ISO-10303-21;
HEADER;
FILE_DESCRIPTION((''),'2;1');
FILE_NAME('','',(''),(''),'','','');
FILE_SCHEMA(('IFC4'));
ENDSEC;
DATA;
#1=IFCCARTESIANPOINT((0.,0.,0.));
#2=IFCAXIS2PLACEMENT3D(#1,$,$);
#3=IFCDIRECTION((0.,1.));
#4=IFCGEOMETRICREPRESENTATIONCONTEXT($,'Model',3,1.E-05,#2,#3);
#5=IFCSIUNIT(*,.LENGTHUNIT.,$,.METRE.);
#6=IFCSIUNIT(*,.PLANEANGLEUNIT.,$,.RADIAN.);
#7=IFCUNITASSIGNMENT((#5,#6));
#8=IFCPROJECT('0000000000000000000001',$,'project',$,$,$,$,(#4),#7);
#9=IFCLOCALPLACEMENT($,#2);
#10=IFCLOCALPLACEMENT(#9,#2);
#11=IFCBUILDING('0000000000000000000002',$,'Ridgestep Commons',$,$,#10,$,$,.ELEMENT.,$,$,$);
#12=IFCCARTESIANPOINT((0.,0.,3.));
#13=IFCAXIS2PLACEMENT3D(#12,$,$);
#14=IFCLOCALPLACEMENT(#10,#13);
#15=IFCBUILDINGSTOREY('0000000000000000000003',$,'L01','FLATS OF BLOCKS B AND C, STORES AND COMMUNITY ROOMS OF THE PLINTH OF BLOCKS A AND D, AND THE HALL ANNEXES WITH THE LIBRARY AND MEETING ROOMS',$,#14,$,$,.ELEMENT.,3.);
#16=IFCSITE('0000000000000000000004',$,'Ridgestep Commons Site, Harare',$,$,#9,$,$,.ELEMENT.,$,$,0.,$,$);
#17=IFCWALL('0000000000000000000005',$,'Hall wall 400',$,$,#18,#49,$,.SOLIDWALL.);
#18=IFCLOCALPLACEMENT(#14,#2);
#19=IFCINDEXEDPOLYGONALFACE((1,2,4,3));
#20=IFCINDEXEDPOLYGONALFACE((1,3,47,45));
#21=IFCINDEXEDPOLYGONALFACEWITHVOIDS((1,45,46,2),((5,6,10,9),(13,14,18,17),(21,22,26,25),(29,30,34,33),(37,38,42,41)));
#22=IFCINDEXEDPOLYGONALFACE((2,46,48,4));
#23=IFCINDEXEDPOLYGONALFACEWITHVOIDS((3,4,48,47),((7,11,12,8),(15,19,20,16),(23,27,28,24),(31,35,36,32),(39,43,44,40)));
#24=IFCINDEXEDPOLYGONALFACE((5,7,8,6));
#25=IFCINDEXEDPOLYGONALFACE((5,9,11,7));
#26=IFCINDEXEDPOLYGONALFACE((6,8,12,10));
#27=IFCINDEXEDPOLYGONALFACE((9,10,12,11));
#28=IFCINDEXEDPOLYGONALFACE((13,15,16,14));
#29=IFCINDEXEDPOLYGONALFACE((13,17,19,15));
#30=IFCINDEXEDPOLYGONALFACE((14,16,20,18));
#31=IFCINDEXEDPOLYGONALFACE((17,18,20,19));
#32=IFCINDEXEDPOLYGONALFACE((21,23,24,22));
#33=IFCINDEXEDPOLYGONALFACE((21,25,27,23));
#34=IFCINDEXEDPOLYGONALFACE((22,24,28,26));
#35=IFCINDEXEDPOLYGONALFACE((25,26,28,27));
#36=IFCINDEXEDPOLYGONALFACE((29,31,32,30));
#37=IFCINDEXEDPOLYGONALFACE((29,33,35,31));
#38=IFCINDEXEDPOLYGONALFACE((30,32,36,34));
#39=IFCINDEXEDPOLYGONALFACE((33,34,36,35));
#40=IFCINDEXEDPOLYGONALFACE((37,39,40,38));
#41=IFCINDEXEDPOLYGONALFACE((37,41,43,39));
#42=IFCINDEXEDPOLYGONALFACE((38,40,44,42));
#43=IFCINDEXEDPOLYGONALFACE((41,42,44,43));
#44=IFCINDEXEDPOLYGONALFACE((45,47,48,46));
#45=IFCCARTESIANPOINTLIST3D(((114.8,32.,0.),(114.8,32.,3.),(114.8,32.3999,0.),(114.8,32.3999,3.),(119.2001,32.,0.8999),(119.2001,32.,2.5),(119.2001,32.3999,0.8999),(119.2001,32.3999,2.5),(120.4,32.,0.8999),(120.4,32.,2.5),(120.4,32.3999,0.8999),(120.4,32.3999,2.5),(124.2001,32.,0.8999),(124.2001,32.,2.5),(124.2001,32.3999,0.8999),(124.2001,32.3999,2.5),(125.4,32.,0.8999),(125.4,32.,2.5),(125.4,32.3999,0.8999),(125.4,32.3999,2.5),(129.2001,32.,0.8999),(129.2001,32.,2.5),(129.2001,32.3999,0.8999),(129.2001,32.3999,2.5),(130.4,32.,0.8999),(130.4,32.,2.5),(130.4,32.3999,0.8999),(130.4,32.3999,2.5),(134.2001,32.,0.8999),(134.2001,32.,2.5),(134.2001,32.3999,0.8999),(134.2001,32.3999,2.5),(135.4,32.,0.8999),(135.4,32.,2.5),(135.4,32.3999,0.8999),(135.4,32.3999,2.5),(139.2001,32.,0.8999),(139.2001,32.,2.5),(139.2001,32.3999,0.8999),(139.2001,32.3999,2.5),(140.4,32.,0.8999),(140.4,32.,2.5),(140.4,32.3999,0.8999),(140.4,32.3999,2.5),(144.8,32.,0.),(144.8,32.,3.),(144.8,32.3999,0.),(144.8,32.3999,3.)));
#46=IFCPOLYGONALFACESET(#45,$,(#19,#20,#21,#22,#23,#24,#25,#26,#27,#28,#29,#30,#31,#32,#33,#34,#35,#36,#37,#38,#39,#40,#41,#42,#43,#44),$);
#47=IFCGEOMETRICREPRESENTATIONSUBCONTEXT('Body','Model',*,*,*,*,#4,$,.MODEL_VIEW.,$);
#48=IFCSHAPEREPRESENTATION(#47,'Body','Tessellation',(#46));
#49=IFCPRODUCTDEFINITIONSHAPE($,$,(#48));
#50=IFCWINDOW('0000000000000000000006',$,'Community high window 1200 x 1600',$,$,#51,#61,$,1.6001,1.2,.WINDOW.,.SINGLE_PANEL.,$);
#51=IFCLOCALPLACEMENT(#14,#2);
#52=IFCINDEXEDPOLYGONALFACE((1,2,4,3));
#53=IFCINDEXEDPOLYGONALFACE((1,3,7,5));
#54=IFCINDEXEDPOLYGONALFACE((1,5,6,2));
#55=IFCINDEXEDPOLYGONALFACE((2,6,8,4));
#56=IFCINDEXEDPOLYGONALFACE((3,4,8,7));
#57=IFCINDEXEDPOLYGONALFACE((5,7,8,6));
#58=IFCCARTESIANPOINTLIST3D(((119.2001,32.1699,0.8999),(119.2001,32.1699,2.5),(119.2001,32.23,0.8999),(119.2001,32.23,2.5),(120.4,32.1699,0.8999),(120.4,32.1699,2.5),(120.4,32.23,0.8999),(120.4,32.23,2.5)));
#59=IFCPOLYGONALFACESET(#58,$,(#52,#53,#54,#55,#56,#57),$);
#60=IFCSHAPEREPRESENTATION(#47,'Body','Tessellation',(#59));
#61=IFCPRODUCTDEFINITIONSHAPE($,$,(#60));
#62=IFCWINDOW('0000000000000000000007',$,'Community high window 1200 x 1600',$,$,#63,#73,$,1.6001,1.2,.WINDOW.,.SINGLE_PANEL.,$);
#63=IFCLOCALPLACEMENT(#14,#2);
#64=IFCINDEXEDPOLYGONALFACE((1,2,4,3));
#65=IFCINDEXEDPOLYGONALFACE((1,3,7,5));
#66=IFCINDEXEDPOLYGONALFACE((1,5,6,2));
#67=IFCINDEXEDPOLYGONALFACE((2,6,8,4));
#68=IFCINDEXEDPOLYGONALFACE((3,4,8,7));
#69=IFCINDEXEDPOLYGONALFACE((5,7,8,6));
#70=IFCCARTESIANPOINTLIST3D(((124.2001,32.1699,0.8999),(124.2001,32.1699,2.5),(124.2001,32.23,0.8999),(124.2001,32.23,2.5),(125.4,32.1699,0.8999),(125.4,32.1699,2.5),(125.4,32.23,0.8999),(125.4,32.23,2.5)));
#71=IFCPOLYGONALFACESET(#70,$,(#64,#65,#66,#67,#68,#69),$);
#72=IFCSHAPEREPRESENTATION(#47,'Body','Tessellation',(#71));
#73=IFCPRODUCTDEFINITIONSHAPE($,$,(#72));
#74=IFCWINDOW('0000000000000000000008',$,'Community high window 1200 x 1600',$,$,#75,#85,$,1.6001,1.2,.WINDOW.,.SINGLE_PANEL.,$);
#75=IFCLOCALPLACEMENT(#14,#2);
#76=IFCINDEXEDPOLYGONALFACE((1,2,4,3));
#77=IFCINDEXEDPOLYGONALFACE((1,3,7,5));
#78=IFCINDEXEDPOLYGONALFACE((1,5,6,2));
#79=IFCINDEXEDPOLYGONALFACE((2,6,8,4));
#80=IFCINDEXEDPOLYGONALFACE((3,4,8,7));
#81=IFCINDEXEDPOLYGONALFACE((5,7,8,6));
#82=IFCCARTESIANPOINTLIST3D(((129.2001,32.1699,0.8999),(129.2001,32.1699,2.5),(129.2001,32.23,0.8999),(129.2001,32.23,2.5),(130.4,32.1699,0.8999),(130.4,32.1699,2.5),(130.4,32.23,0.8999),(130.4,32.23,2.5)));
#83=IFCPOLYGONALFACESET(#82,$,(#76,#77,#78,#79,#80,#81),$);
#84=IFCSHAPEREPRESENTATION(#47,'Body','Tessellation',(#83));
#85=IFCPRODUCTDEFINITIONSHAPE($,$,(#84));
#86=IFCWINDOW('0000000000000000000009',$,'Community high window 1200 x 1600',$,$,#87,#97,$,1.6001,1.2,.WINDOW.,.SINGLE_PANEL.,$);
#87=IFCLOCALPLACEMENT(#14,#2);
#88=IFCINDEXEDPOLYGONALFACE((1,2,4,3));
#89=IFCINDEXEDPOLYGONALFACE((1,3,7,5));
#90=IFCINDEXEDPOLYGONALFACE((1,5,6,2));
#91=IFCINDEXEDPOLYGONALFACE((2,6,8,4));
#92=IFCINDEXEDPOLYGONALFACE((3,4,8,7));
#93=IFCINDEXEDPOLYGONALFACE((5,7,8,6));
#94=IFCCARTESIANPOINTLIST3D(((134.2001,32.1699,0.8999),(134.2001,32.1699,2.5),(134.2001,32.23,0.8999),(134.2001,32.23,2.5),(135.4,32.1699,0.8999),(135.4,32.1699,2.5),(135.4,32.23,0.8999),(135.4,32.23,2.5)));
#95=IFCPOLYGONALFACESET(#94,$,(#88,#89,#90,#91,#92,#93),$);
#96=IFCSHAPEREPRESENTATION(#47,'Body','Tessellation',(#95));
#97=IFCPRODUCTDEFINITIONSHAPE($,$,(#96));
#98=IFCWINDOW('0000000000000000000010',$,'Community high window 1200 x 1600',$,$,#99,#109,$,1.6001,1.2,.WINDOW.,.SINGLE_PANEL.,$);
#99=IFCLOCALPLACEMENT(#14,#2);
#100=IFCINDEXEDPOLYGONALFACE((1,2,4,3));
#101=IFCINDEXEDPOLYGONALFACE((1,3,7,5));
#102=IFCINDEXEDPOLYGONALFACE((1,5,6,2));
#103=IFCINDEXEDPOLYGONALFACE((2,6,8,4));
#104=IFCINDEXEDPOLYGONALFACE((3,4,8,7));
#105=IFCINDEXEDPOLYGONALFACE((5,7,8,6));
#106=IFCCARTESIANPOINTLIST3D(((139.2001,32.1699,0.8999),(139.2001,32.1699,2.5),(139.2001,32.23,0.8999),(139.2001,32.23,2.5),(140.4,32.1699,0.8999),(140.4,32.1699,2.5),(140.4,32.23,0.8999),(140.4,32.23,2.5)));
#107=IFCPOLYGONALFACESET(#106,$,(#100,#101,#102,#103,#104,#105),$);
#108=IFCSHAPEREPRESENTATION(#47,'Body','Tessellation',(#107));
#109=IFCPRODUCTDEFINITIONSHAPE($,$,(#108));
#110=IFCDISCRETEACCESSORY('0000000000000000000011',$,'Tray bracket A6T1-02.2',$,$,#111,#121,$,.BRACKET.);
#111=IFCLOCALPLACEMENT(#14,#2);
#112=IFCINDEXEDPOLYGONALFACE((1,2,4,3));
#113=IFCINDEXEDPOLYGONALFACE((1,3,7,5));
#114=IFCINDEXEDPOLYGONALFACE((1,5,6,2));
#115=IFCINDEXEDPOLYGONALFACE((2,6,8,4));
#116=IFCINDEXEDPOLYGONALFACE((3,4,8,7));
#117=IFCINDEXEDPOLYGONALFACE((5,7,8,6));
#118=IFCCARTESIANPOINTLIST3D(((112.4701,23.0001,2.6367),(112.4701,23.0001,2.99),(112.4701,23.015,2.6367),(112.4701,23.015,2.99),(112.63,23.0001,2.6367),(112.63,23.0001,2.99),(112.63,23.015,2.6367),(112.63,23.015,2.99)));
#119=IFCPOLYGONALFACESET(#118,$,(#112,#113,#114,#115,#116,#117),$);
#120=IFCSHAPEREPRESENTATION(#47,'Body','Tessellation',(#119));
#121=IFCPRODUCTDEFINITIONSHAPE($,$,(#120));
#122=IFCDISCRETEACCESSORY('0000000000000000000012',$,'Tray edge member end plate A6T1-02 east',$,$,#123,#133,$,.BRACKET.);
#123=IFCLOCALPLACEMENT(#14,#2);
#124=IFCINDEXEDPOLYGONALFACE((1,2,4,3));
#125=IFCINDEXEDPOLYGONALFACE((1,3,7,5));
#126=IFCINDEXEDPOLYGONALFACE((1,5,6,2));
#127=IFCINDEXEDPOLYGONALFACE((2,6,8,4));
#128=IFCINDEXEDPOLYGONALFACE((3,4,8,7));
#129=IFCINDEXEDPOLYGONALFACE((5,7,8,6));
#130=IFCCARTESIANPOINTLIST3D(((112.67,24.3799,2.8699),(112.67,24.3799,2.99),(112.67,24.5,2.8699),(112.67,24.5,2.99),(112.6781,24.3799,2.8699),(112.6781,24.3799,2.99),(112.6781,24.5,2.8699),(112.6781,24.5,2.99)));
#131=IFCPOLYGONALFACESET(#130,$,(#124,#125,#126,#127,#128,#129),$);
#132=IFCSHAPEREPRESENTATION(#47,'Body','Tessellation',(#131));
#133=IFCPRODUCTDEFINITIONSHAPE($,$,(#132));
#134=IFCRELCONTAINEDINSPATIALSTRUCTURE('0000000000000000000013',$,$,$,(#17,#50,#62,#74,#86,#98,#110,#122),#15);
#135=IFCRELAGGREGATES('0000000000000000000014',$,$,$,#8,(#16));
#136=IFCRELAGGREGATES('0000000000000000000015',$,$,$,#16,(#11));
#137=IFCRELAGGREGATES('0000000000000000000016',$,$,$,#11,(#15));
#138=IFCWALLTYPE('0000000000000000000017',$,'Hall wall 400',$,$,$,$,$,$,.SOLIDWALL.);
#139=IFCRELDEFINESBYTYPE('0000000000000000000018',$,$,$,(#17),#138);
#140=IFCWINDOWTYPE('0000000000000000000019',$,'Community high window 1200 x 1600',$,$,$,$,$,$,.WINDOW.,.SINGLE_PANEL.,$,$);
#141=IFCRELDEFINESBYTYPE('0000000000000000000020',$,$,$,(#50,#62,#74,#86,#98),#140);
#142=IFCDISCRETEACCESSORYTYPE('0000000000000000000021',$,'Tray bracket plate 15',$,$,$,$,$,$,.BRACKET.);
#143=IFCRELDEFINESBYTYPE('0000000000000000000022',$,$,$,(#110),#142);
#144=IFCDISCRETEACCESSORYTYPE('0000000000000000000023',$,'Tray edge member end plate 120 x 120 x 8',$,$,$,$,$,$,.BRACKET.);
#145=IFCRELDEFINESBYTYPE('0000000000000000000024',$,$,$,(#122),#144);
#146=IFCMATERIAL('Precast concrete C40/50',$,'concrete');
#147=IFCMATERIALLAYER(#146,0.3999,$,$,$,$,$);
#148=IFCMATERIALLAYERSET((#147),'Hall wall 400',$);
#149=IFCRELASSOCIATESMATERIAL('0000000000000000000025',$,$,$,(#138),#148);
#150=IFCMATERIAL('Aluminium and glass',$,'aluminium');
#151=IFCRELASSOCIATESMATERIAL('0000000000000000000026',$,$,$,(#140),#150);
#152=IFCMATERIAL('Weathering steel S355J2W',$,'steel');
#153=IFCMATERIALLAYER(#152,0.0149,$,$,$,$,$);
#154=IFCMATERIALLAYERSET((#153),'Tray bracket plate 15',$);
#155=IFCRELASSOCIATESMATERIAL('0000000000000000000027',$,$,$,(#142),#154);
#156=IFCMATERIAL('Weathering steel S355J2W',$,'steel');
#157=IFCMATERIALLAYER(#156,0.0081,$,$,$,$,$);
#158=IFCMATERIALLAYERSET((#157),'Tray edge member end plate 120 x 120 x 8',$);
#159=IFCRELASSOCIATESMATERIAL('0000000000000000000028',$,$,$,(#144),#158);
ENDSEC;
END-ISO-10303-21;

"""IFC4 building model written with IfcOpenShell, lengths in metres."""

from ifc_helpers import new_model, si_unit, direction, frame, frame_2d, origin, origin_2d, place, context, subcontext, project, spatial, rectangle, extrude, material, layer, layer_set, type_object, element, fill, save


model = new_model("IFC4")

# Units and contexts
model_context = context("Model", 3, precision=1e-05, world=origin(), true_north=direction((0.0, 1.0)))
body_context = subcontext(model_context, "Body", "Model", "MODEL_VIEW")
ifc_project = project(units=[si_unit("LENGTHUNIT", "METRE"), si_unit("PLANEANGLEUNIT", "RADIAN")], contexts=[model_context])

# Site, building, storey
site_placement = place(None, origin())
site = spatial("IfcSite", under=ifc_project, at=site_placement, Name="Ridgestep Commons Site, Harare", CompositionType="ELEMENT", RefElevation=0.0)
building_placement = place(site_placement, origin())
building = spatial("IfcBuilding", under=site, at=building_placement, Name="Ridgestep Commons", CompositionType="ELEMENT")
storey_placement = place(building_placement, frame((0.0, 0.0, 3.0)))
storey = spatial("IfcBuildingStorey", under=building, at=storey_placement, Name="L01", Description="FLATS OF BLOCKS B AND C, STORES AND COMMUNITY ROOMS OF THE PLINTH OF BLOCKS A AND D, AND THE HALL ANNEXES WITH THE LIBRARY AND MEETING ROOMS", CompositionType="ELEMENT", Elevation=3.0)

# Wall, openings, windows
ifc_material_1 = material(Name="Precast concrete C40/50", Category="concrete")
ifc_layer_1 = layer(ifc_material_1, 0.3999)
ifc_layer_set_1 = layer_set([ifc_layer_1], Name="Hall wall 400")
wall_type_1 = type_object("IfcWallType", Name="Hall wall 400", PredefinedType="SOLIDWALL", material=ifc_layer_set_1)
ifc_material_2 = material(Name="Aluminium and glass", Category="aluminium")
window_type_1 = type_object("IfcWindowType", Name="Community high window 1200 x 1600", PartitioningType="SINGLE_PANEL", PredefinedType="WINDOW", material=ifc_material_2)
wall_1_placement = place(storey_placement, frame((114.8, 32.2, 0.0), z_axis=(0.0, 0.0, 1.0), x_axis=(1.0, 0.0, 0.0)))
wall_1 = element("IfcWall", 1, at=wall_1_placement, inside=storey, type_object=wall_type_1, Name="Hall wall 400", PredefinedType="SOLIDWALL", context=body_context, shape_type="SweptSolid", body=[
    extrude(rectangle(XDim=30.0, YDim=0.3999, at=frame_2d((15.0, 0.0))), origin(), (0.0, 0.0, 1.0), 3.0),
])
opening_1_placement = place(wall_1_placement, frame((4.3999, 0.0, 0.8999)))
opening_1 = element("IfcOpeningElement", 2, at=opening_1_placement, cuts=wall_1, PredefinedType="OPENING", context=body_context, shape_type="SweptSolid", body=[
    extrude(rectangle(XDim=1.2, YDim=1.6001, at=frame_2d((0.6001, 0.8))), frame((0.0, 0.21, 0.0), z_axis=(0.0, -1.0, 0.0), x_axis=(1.0, 0.0, 0.0)), (0.0, 0.0, 1.0), 0.4199),
])
opening_2_placement = place(wall_1_placement, frame((9.3999, 0.0, 0.8999)))
opening_2 = element("IfcOpeningElement", 3, at=opening_2_placement, cuts=wall_1, PredefinedType="OPENING", context=body_context, shape_type="SweptSolid", body=[
    extrude(rectangle(XDim=1.2, YDim=1.6001, at=frame_2d((0.6001, 0.8))), frame((0.0, 0.21, 0.0), z_axis=(0.0, -1.0, 0.0), x_axis=(1.0, 0.0, 0.0)), (0.0, 0.0, 1.0), 0.4199),
])
opening_3_placement = place(wall_1_placement, frame((14.3999, 0.0, 0.8999)))
opening_3 = element("IfcOpeningElement", 4, at=opening_3_placement, cuts=wall_1, PredefinedType="OPENING", context=body_context, shape_type="SweptSolid", body=[
    extrude(rectangle(XDim=1.2, YDim=1.6001, at=frame_2d((0.6001, 0.8))), frame((0.0, 0.21, 0.0), z_axis=(0.0, -1.0, 0.0), x_axis=(1.0, 0.0, 0.0)), (0.0, 0.0, 1.0), 0.4199),
])
opening_4_placement = place(wall_1_placement, frame((19.3999, 0.0, 0.8999)))
opening_4 = element("IfcOpeningElement", 5, at=opening_4_placement, cuts=wall_1, PredefinedType="OPENING", context=body_context, shape_type="SweptSolid", body=[
    extrude(rectangle(XDim=1.2, YDim=1.6001, at=frame_2d((0.6001, 0.8))), frame((0.0, 0.21, 0.0), z_axis=(0.0, -1.0, 0.0), x_axis=(1.0, 0.0, 0.0)), (0.0, 0.0, 1.0), 0.4199),
])
opening_5_placement = place(wall_1_placement, frame((24.3999, 0.0, 0.8999)))
opening_5 = element("IfcOpeningElement", 6, at=opening_5_placement, cuts=wall_1, PredefinedType="OPENING", context=body_context, shape_type="SweptSolid", body=[
    extrude(rectangle(XDim=1.2, YDim=1.6001, at=frame_2d((0.6001, 0.8))), frame((0.0, 0.21, 0.0), z_axis=(0.0, -1.0, 0.0), x_axis=(1.0, 0.0, 0.0)), (0.0, 0.0, 1.0), 0.4199),
])
window_1_placement = place(opening_1_placement, origin())
window_1 = element("IfcWindow", 7, at=window_1_placement, inside=storey, type_object=window_type_1, Name="Community high window 1200 x 1600", OverallHeight=1.6001, OverallWidth=1.2, PartitioningType="SINGLE_PANEL", PredefinedType="WINDOW", context=body_context, shape_type="SweptSolid", body=[
    extrude(rectangle(XDim=1.2, YDim=1.6001, at=frame_2d((0.6001, 0.8))), frame((0.0, 0.03, 0.0), z_axis=(0.0, -1.0, 0.0), x_axis=(1.0, 0.0, 0.0)), (0.0, 0.0, 1.0), 0.0601),
])
fill(opening_1, window_1)
window_2_placement = place(opening_2_placement, origin())
window_2 = element("IfcWindow", 8, at=window_2_placement, inside=storey, type_object=window_type_1, Name="Community high window 1200 x 1600", OverallHeight=1.6001, OverallWidth=1.2, PartitioningType="SINGLE_PANEL", PredefinedType="WINDOW", context=body_context, shape_type="SweptSolid", body=[
    extrude(rectangle(XDim=1.2, YDim=1.6001, at=frame_2d((0.6001, 0.8))), frame((0.0, 0.03, 0.0), z_axis=(0.0, -1.0, 0.0), x_axis=(1.0, 0.0, 0.0)), (0.0, 0.0, 1.0), 0.0601),
])
fill(opening_2, window_2)
window_3_placement = place(opening_3_placement, origin())
window_3 = element("IfcWindow", 9, at=window_3_placement, inside=storey, type_object=window_type_1, Name="Community high window 1200 x 1600", OverallHeight=1.6001, OverallWidth=1.2, PartitioningType="SINGLE_PANEL", PredefinedType="WINDOW", context=body_context, shape_type="SweptSolid", body=[
    extrude(rectangle(XDim=1.2, YDim=1.6001, at=frame_2d((0.6001, 0.8))), frame((0.0, 0.03, 0.0), z_axis=(0.0, -1.0, 0.0), x_axis=(1.0, 0.0, 0.0)), (0.0, 0.0, 1.0), 0.0601),
])
fill(opening_3, window_3)
window_4_placement = place(opening_4_placement, origin())
window_4 = element("IfcWindow", 10, at=window_4_placement, inside=storey, type_object=window_type_1, Name="Community high window 1200 x 1600", OverallHeight=1.6001, OverallWidth=1.2, PartitioningType="SINGLE_PANEL", PredefinedType="WINDOW", context=body_context, shape_type="SweptSolid", body=[
    extrude(rectangle(XDim=1.2, YDim=1.6001, at=frame_2d((0.6001, 0.8))), frame((0.0, 0.03, 0.0), z_axis=(0.0, -1.0, 0.0), x_axis=(1.0, 0.0, 0.0)), (0.0, 0.0, 1.0), 0.0601),
])
fill(opening_4, window_4)
window_5_placement = place(opening_5_placement, origin())
window_5 = element("IfcWindow", 11, at=window_5_placement, inside=storey, type_object=window_type_1, Name="Community high window 1200 x 1600", OverallHeight=1.6001, OverallWidth=1.2, PartitioningType="SINGLE_PANEL", PredefinedType="WINDOW", context=body_context, shape_type="SweptSolid", body=[
    extrude(rectangle(XDim=1.2, YDim=1.6001, at=frame_2d((0.6001, 0.8))), frame((0.0, 0.03, 0.0), z_axis=(0.0, -1.0, 0.0), x_axis=(1.0, 0.0, 0.0)), (0.0, 0.0, 1.0), 0.0601),
])
fill(opening_5, window_5)

# Discrete accessories
ifc_material_3 = material(Name="Weathering steel S355J2W", Category="steel")
ifc_layer_2 = layer(ifc_material_3, 0.0149)
ifc_layer_set_2 = layer_set([ifc_layer_2], Name="Tray bracket plate 15")
discrete_accessory_type_1 = type_object("IfcDiscreteAccessoryType", Name="Tray bracket plate 15", PredefinedType="BRACKET", material=ifc_layer_set_2)
discrete_accessory_1_placement = place(storey_placement, frame((112.55, 23.0076, 2.6367), z_axis=(0.0, 0.0, 1.0), x_axis=(1.0, 0.0, 0.0)))
element("IfcDiscreteAccessory", 12, at=discrete_accessory_1_placement, inside=storey, type_object=discrete_accessory_type_1, Name="Tray bracket A6T1-02.2", PredefinedType="BRACKET", context=body_context, shape_type="SweptSolid", body=[
    extrude(rectangle(XDim=0.1599, YDim=0.0149, at=origin_2d()), origin(), (0.0, 0.0, 1.0), 0.3533),
])
ifc_material_4 = material(Name="Weathering steel S355J2W", Category="steel")
ifc_layer_3 = layer(ifc_material_4, 0.0081)
ifc_layer_set_3 = layer_set([ifc_layer_3], Name="Tray edge member end plate 120 x 120 x 8")
discrete_accessory_type_2 = type_object("IfcDiscreteAccessoryType", Name="Tray edge member end plate 120 x 120 x 8", PredefinedType="BRACKET", material=ifc_layer_set_3)
discrete_accessory_2_placement = place(storey_placement, frame((112.6741, 24.4399, 2.8699), z_axis=(0.0, 0.0, 1.0), x_axis=(1.0, 0.0, 0.0)))
element("IfcDiscreteAccessory", 13, at=discrete_accessory_2_placement, inside=storey, type_object=discrete_accessory_type_2, Name="Tray edge member end plate A6T1-02 east", PredefinedType="BRACKET", context=body_context, shape_type="SweptSolid", body=[
    extrude(rectangle(XDim=0.0081, YDim=0.1201, at=origin_2d()), origin(), (0.0, 0.0, 1.0), 0.1201),
])

save(model, "model.ifc")
